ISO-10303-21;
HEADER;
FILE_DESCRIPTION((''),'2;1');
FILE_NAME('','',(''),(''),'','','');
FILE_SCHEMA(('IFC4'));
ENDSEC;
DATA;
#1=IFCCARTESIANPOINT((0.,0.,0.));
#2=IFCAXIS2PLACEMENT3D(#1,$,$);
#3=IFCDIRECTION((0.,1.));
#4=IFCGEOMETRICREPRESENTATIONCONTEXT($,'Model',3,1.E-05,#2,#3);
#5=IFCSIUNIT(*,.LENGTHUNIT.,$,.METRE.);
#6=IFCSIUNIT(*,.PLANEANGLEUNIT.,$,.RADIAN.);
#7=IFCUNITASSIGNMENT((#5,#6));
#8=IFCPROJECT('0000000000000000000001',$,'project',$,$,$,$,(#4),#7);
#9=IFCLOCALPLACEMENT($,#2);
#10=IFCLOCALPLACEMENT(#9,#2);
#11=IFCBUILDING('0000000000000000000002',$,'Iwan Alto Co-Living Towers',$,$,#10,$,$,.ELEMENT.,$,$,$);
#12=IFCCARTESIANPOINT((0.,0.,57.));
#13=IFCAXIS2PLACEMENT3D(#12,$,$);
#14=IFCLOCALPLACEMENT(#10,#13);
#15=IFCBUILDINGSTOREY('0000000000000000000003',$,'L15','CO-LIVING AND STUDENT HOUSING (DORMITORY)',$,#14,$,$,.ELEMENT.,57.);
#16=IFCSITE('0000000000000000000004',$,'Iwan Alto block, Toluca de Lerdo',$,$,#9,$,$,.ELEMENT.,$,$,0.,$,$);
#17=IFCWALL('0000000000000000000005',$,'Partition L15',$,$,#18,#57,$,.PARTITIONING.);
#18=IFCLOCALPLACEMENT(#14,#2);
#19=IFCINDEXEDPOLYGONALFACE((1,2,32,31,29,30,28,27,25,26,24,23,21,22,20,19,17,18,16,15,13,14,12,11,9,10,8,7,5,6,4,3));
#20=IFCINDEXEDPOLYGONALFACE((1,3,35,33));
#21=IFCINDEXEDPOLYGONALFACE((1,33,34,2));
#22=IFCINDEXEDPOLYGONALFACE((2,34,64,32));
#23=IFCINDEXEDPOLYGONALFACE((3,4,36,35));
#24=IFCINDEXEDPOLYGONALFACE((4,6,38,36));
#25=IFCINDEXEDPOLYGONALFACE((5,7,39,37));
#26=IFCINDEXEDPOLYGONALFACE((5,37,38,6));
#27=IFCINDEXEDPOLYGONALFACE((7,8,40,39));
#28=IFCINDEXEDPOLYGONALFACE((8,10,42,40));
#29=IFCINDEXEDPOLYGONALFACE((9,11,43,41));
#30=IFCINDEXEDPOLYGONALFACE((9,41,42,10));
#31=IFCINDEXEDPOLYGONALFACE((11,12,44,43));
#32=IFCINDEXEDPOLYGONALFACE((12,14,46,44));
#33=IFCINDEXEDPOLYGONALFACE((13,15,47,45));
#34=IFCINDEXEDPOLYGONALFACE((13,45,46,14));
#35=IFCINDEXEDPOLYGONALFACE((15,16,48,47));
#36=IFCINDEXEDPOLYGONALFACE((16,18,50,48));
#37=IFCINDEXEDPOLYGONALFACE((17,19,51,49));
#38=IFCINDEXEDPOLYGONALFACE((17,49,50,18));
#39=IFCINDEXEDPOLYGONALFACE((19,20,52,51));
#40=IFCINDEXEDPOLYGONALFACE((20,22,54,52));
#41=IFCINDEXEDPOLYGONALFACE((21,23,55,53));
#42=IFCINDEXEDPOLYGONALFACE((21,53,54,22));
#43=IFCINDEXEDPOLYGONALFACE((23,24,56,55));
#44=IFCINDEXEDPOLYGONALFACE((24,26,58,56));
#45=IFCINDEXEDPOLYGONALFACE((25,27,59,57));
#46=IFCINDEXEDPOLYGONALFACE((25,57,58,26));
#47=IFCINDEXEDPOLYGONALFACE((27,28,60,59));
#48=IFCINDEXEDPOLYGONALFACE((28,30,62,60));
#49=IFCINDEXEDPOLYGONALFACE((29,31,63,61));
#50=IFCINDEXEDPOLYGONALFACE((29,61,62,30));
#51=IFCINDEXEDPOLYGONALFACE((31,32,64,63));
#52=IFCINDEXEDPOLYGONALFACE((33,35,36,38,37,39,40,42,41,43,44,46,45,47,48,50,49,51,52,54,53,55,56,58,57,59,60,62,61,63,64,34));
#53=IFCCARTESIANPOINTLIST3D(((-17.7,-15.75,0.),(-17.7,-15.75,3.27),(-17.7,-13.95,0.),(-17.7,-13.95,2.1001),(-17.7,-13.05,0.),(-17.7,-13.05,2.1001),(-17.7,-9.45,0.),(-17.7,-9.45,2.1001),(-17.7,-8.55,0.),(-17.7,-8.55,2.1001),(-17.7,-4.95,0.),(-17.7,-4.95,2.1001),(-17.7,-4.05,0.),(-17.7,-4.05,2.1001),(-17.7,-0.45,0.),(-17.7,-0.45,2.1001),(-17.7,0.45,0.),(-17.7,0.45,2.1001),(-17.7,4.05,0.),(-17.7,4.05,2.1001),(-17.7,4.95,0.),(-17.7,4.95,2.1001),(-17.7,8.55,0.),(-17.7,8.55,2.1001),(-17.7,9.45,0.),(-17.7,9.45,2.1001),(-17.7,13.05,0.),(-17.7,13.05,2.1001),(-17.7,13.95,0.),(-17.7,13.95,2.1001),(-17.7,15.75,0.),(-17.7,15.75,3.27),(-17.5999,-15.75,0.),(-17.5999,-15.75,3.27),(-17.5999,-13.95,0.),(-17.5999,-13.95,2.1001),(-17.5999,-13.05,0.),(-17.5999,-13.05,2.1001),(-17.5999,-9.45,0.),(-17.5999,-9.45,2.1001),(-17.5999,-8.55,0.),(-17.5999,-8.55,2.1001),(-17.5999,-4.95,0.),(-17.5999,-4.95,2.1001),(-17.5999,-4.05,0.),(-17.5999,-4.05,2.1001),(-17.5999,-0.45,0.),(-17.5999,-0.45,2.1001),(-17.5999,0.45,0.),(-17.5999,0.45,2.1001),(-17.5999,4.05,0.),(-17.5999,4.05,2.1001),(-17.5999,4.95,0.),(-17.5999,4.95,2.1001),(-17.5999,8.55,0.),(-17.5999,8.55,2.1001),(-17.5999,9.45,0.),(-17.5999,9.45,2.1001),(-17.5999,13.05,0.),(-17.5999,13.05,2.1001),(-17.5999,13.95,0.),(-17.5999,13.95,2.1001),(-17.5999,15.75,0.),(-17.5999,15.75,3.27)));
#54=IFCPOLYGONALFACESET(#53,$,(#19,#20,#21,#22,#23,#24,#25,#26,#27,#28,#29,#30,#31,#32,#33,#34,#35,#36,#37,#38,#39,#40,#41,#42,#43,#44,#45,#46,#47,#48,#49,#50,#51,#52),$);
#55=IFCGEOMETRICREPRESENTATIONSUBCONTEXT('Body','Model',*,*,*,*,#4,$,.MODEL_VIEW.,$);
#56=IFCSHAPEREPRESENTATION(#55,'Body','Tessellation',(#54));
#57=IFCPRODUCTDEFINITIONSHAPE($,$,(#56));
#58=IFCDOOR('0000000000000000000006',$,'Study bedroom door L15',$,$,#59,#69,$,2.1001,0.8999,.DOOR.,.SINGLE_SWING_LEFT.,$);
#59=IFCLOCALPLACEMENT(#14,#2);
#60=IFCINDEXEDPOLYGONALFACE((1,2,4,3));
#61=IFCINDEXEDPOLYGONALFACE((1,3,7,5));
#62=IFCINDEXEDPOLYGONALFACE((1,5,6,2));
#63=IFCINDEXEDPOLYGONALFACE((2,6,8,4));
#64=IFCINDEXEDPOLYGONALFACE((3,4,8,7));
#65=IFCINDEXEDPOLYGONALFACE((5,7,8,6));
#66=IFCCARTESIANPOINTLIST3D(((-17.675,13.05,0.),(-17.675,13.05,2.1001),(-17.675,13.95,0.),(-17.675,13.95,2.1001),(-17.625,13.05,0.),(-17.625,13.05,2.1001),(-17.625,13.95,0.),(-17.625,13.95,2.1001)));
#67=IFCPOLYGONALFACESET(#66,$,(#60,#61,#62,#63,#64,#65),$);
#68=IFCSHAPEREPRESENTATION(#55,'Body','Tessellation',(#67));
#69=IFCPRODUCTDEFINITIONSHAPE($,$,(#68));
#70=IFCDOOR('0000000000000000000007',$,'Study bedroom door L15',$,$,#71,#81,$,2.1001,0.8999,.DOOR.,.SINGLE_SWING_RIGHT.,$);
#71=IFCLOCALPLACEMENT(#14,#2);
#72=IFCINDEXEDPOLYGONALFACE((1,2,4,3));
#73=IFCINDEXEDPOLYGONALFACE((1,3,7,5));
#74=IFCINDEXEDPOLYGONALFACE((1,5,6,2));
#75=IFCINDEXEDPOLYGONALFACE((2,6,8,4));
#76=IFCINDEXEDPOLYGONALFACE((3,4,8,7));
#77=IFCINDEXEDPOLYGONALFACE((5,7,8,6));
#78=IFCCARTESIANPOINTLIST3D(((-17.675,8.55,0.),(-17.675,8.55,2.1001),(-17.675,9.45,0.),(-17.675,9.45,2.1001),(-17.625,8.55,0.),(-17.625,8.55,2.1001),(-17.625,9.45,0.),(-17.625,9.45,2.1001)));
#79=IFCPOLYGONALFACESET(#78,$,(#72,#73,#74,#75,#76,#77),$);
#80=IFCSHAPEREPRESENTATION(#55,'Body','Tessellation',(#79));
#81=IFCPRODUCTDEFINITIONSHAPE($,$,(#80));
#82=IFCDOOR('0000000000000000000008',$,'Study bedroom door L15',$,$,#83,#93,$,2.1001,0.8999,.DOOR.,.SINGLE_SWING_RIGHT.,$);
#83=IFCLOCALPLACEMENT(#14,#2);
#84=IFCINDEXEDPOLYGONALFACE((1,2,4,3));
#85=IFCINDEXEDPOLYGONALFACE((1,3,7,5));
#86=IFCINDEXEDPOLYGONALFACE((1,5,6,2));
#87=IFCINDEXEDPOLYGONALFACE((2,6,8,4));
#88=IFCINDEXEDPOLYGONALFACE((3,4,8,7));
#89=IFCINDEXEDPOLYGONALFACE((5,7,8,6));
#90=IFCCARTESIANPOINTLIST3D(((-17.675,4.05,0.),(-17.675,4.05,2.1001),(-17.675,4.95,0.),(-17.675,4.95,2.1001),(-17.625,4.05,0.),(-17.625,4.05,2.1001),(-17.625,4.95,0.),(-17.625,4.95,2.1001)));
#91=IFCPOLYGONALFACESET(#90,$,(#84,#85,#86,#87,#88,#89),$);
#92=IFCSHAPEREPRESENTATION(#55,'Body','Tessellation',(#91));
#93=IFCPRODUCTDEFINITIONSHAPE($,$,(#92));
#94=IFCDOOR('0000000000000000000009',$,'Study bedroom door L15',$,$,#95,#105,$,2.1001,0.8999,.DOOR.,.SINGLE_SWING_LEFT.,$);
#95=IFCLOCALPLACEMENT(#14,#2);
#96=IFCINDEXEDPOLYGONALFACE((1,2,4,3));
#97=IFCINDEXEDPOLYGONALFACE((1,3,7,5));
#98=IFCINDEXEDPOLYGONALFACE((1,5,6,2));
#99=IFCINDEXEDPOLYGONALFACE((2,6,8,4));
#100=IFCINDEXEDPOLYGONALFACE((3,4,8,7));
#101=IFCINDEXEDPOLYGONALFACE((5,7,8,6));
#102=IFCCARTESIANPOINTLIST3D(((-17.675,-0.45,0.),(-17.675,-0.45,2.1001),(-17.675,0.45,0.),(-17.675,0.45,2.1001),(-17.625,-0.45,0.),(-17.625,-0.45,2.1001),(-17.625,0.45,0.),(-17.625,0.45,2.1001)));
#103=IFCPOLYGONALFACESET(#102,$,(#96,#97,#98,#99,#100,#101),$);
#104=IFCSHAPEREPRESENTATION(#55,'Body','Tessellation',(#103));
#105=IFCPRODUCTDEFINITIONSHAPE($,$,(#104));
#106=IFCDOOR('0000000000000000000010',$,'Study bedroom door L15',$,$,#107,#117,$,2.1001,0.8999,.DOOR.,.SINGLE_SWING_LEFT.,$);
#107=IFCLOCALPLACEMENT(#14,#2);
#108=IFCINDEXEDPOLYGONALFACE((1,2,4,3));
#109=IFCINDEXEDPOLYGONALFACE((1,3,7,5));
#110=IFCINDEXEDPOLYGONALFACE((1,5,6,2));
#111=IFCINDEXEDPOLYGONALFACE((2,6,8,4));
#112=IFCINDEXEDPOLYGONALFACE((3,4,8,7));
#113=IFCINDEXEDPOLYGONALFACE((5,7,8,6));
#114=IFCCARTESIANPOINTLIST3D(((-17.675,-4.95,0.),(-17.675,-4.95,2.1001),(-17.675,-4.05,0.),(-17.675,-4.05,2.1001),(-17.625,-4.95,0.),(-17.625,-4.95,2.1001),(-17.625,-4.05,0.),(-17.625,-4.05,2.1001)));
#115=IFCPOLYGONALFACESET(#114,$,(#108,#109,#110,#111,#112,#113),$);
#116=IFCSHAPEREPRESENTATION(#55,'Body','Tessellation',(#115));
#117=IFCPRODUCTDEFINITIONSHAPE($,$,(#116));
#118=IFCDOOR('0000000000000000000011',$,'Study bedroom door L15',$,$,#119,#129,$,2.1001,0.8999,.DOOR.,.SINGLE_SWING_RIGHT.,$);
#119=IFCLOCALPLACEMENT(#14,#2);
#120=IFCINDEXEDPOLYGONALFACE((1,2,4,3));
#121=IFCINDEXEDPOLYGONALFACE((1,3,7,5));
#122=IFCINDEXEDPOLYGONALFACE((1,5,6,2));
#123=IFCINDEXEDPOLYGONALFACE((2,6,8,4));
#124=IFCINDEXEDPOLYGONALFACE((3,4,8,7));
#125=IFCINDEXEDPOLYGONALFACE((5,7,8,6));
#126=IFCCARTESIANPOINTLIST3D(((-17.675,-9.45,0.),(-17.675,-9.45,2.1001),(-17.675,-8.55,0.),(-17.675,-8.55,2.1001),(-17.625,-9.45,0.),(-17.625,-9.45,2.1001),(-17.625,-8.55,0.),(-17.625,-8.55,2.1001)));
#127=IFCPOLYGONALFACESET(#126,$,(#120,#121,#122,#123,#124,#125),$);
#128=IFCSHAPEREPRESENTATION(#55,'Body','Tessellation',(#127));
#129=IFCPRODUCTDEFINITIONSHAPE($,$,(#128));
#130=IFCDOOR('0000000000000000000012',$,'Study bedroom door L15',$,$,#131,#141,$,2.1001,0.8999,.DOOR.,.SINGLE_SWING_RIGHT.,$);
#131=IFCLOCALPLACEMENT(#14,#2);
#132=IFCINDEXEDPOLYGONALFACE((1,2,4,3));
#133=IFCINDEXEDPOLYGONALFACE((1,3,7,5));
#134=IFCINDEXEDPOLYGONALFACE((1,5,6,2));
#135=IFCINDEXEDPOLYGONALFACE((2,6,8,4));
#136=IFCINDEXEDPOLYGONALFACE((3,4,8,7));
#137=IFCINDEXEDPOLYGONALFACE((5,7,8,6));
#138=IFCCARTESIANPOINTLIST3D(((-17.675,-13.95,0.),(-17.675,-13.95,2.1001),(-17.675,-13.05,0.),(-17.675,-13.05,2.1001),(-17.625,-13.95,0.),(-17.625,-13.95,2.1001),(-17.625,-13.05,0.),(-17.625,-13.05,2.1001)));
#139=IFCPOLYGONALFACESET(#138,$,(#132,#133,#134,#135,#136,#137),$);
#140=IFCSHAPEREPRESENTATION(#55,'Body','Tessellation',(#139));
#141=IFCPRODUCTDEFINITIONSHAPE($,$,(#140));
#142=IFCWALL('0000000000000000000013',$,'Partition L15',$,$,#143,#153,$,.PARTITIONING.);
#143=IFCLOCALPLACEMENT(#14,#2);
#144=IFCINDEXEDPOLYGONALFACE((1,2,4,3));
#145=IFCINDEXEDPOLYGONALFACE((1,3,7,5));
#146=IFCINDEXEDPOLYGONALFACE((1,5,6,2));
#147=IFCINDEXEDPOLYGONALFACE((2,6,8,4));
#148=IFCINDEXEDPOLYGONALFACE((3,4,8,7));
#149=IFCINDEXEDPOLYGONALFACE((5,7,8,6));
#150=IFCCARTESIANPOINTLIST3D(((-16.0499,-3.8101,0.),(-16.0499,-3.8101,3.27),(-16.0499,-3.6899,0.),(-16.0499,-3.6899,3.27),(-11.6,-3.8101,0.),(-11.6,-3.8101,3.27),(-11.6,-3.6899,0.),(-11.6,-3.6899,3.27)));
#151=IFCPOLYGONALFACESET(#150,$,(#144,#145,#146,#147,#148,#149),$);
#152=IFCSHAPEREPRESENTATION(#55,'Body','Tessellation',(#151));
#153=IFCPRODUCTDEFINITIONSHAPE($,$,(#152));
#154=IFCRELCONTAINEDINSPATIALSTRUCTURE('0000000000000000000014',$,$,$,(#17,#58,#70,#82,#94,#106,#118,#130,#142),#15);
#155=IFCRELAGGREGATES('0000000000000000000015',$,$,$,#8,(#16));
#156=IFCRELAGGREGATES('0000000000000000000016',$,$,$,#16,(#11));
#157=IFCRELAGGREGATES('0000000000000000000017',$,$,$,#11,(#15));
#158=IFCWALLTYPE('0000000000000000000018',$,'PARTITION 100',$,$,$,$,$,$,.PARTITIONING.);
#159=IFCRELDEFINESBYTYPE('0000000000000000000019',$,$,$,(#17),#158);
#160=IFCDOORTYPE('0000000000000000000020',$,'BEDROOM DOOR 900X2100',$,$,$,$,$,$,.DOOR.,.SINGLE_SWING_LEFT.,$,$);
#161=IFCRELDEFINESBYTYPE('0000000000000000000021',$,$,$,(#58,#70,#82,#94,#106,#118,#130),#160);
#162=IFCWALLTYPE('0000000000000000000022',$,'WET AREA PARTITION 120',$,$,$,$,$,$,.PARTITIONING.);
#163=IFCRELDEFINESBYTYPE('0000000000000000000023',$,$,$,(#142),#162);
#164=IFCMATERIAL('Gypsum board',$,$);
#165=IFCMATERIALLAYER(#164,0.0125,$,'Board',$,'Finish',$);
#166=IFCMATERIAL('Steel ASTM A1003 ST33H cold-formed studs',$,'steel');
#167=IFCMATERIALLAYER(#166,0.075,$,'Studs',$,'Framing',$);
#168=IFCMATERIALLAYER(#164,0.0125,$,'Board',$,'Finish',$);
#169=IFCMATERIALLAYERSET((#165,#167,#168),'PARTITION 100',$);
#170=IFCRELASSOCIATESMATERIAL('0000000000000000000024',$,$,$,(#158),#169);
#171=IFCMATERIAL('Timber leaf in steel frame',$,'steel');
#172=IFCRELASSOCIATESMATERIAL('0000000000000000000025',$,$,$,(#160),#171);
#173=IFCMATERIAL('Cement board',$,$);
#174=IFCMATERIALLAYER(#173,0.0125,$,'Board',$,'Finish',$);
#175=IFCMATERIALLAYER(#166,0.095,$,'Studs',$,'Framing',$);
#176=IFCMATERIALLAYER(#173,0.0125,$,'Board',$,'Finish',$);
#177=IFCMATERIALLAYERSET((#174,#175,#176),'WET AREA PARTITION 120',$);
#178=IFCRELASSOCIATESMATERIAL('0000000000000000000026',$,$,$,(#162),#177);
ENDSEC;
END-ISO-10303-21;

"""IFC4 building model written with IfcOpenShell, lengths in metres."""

from ifc_helpers import new_model, si_unit, direction, frame, frame_2d, origin, place, context, subcontext, project, spatial, rectangle, extrude, material, layer, layer_set, type_object, element, fill, save


model = new_model("IFC4")

# Units and contexts
model_context = context("Model", 3, precision=1e-05, world=origin(), true_north=direction((0.0, 1.0)))
body_context = subcontext(model_context, "Body", "Model", "MODEL_VIEW")
ifc_project = project(units=[si_unit("LENGTHUNIT", "METRE"), si_unit("PLANEANGLEUNIT", "RADIAN")], contexts=[model_context])

# Site, building, storey
site_placement = place(None, origin())
site = spatial("IfcSite", under=ifc_project, at=site_placement, Name="Iwan Alto block, Toluca de Lerdo", CompositionType="ELEMENT", RefElevation=0.0)
building_placement = place(site_placement, origin())
building = spatial("IfcBuilding", under=site, at=building_placement, Name="Iwan Alto Co-Living Towers", CompositionType="ELEMENT")
storey_placement = place(building_placement, frame((0.0, 0.0, 57.0)))
storey = spatial("IfcBuildingStorey", under=building, at=storey_placement, Name="L15", Description="CO-LIVING AND STUDENT HOUSING (DORMITORY)", CompositionType="ELEMENT", Elevation=57.0)

# Shared definitions
ifc_material_1 = material(Name="Gypsum board")
ifc_layer_1 = layer(ifc_material_1, 0.0125, Name="Board", Category="Finish")
ifc_material_2 = material(Name="Steel ASTM A1003 ST33H cold-formed studs", Category="steel")
ifc_layer_2 = layer(ifc_material_2, 0.075, Name="Studs", Category="Framing")
ifc_layer_3 = layer(ifc_material_1, 0.0125, Name="Board", Category="Finish")
ifc_layer_set_1 = layer_set([ifc_layer_1, ifc_layer_2, ifc_layer_3], Name="PARTITION 100")
wall_type_1 = type_object("IfcWallType", Name="PARTITION 100", PredefinedType="PARTITIONING", material=ifc_layer_set_1)

# Wall, openings, doors
wall_1_placement = place(storey_placement, frame((-17.6499, -15.75, 0.0), z_axis=(0.0, 0.0, 1.0), x_axis=(0.0, 1.0, 0.0)))
wall_1 = element("IfcWall", 1, at=wall_1_placement, inside=storey, type_object=wall_type_1, Name="Partition L15", PredefinedType="PARTITIONING", context=body_context, shape_type="SweptSolid", body=[
    extrude(rectangle(XDim=31.5, YDim=0.1001, at=frame_2d((15.75, 0.0))), origin(), (0.0, 0.0, 1.0), 3.27),
])
opening_1_placement = place(wall_1_placement, frame((28.8, 0.0, 0.0)))
opening_1 = element("IfcOpeningElement", 2, at=opening_1_placement, cuts=wall_1, PredefinedType="OPENING", context=body_context, shape_type="SweptSolid", body=[
    extrude(rectangle(XDim=0.8999, YDim=2.1001, at=frame_2d((0.45, 1.05))), frame((0.0, 0.0601, 0.0), z_axis=(0.0, -1.0, 0.0), x_axis=(1.0, 0.0, 0.0)), (0.0, 0.0, 1.0), 0.1201),
])
opening_2_placement = place(wall_1_placement, frame((24.3, 0.0, 0.0)))
opening_2 = element("IfcOpeningElement", 3, at=opening_2_placement, cuts=wall_1, PredefinedType="OPENING", context=body_context, shape_type="SweptSolid", body=[
    extrude(rectangle(XDim=0.8999, YDim=2.1001, at=frame_2d((0.45, 1.05))), frame((0.0, 0.0601, 0.0), z_axis=(0.0, -1.0, 0.0), x_axis=(1.0, 0.0, 0.0)), (0.0, 0.0, 1.0), 0.1201),
])
opening_3_placement = place(wall_1_placement, frame((19.8, 0.0, 0.0)))
opening_3 = element("IfcOpeningElement", 4, at=opening_3_placement, cuts=wall_1, PredefinedType="OPENING", context=body_context, shape_type="SweptSolid", body=[
    extrude(rectangle(XDim=0.8999, YDim=2.1001, at=frame_2d((0.45, 1.05))), frame((0.0, 0.0601, 0.0), z_axis=(0.0, -1.0, 0.0), x_axis=(1.0, 0.0, 0.0)), (0.0, 0.0, 1.0), 0.1201),
])
opening_4_placement = place(wall_1_placement, frame((15.3, 0.0, 0.0)))
opening_4 = element("IfcOpeningElement", 5, at=opening_4_placement, cuts=wall_1, PredefinedType="OPENING", context=body_context, shape_type="SweptSolid", body=[
    extrude(rectangle(XDim=0.8999, YDim=2.1001, at=frame_2d((0.45, 1.05))), frame((0.0, 0.0601, 0.0), z_axis=(0.0, -1.0, 0.0), x_axis=(1.0, 0.0, 0.0)), (0.0, 0.0, 1.0), 0.1201),
])
opening_5_placement = place(wall_1_placement, frame((10.8, 0.0, 0.0)))
opening_5 = element("IfcOpeningElement", 6, at=opening_5_placement, cuts=wall_1, PredefinedType="OPENING", context=body_context, shape_type="SweptSolid", body=[
    extrude(rectangle(XDim=0.8999, YDim=2.1001, at=frame_2d((0.45, 1.05))), frame((0.0, 0.0601, 0.0), z_axis=(0.0, -1.0, 0.0), x_axis=(1.0, 0.0, 0.0)), (0.0, 0.0, 1.0), 0.1201),
])
opening_6_placement = place(wall_1_placement, frame((6.3, 0.0, 0.0)))
opening_6 = element("IfcOpeningElement", 7, at=opening_6_placement, cuts=wall_1, PredefinedType="OPENING", context=body_context, shape_type="SweptSolid", body=[
    extrude(rectangle(XDim=0.8999, YDim=2.1001, at=frame_2d((0.45, 1.05))), frame((0.0, 0.0601, 0.0), z_axis=(0.0, -1.0, 0.0), x_axis=(1.0, 0.0, 0.0)), (0.0, 0.0, 1.0), 0.1201),
])
opening_7_placement = place(wall_1_placement, frame((1.8, 0.0, 0.0)))
opening_7 = element("IfcOpeningElement", 8, at=opening_7_placement, cuts=wall_1, PredefinedType="OPENING", context=body_context, shape_type="SweptSolid", body=[
    extrude(rectangle(XDim=0.8999, YDim=2.1001, at=frame_2d((0.45, 1.05))), frame((0.0, 0.0601, 0.0), z_axis=(0.0, -1.0, 0.0), x_axis=(1.0, 0.0, 0.0)), (0.0, 0.0, 1.0), 0.1201),
])
ifc_material_3 = material(Name="Timber leaf in steel frame", Category="steel")
door_type_1 = type_object("IfcDoorType", Name="BEDROOM DOOR 900X2100", OperationType="SINGLE_SWING_LEFT", PredefinedType="DOOR", material=ifc_material_3)
door_1_placement = place(opening_1_placement, frame((0.8999, 0.0, 0.0), z_axis=(0.0, 0.0, 1.0), x_axis=(-1.0, 0.0, 0.0)))
door_1 = element("IfcDoor", 9, at=door_1_placement, inside=storey, type_object=door_type_1, Name="Study bedroom door L15", OperationType="SINGLE_SWING_LEFT", OverallHeight=2.1001, OverallWidth=0.8999, PredefinedType="DOOR", context=body_context, shape_type="SweptSolid", body=[
    extrude(rectangle(XDim=0.8999, YDim=2.1001, at=frame_2d((0.45, 1.05))), frame((0.0, 0.0249, 0.0), z_axis=(0.0, -1.0, 0.0), x_axis=(1.0, 0.0, 0.0)), (0.0, 0.0, 1.0), 0.05),
])
fill(opening_1, door_1)
door_2_placement = place(opening_2_placement, frame((0.8999, 0.0, 0.0), z_axis=(0.0, 0.0, 1.0), x_axis=(-1.0, 0.0, 0.0)))
door_2 = element("IfcDoor", 10, at=door_2_placement, inside=storey, type_object=door_type_1, Name="Study bedroom door L15", OperationType="SINGLE_SWING_RIGHT", OverallHeight=2.1001, OverallWidth=0.8999, PredefinedType="DOOR", context=body_context, shape_type="SweptSolid", body=[
    extrude(rectangle(XDim=0.8999, YDim=2.1001, at=frame_2d((0.45, 1.05))), frame((0.0, 0.0249, 0.0), z_axis=(0.0, -1.0, 0.0), x_axis=(1.0, 0.0, 0.0)), (0.0, 0.0, 1.0), 0.05),
])
fill(opening_2, door_2)
door_3_placement = place(opening_3_placement, frame((0.8999, 0.0, 0.0), z_axis=(0.0, 0.0, 1.0), x_axis=(-1.0, 0.0, 0.0)))
door_3 = element("IfcDoor", 11, at=door_3_placement, inside=storey, type_object=door_type_1, Name="Study bedroom door L15", OperationType="SINGLE_SWING_RIGHT", OverallHeight=2.1001, OverallWidth=0.8999, PredefinedType="DOOR", context=body_context, shape_type="SweptSolid", body=[
    extrude(rectangle(XDim=0.8999, YDim=2.1001, at=frame_2d((0.45, 1.05))), frame((0.0, 0.0249, 0.0), z_axis=(0.0, -1.0, 0.0), x_axis=(1.0, 0.0, 0.0)), (0.0, 0.0, 1.0), 0.05),
])
fill(opening_3, door_3)
door_4_placement = place(opening_4_placement, frame((0.8999, 0.0, 0.0), z_axis=(0.0, 0.0, 1.0), x_axis=(-1.0, 0.0, 0.0)))
door_4 = element("IfcDoor", 12, at=door_4_placement, inside=storey, type_object=door_type_1, Name="Study bedroom door L15", OperationType="SINGLE_SWING_LEFT", OverallHeight=2.1001, OverallWidth=0.8999, PredefinedType="DOOR", context=body_context, shape_type="SweptSolid", body=[
    extrude(rectangle(XDim=0.8999, YDim=2.1001, at=frame_2d((0.45, 1.05))), frame((0.0, 0.0249, 0.0), z_axis=(0.0, -1.0, 0.0), x_axis=(1.0, 0.0, 0.0)), (0.0, 0.0, 1.0), 0.05),
])
fill(opening_4, door_4)
door_5_placement = place(opening_5_placement, frame((0.8999, 0.0, 0.0), z_axis=(0.0, 0.0, 1.0), x_axis=(-1.0, 0.0, 0.0)))
door_5 = element("IfcDoor", 13, at=door_5_placement, inside=storey, type_object=door_type_1, Name="Study bedroom door L15", OperationType="SINGLE_SWING_LEFT", OverallHeight=2.1001, OverallWidth=0.8999, PredefinedType="DOOR", context=body_context, shape_type="SweptSolid", body=[
    extrude(rectangle(XDim=0.8999, YDim=2.1001, at=frame_2d((0.45, 1.05))), frame((0.0, 0.0249, 0.0), z_axis=(0.0, -1.0, 0.0), x_axis=(1.0, 0.0, 0.0)), (0.0, 0.0, 1.0), 0.05),
])
fill(opening_5, door_5)
door_6_placement = place(opening_6_placement, frame((0.8999, 0.0, 0.0), z_axis=(0.0, 0.0, 1.0), x_axis=(-1.0, 0.0, 0.0)))
door_6 = element("IfcDoor", 14, at=door_6_placement, inside=storey, type_object=door_type_1, Name="Study bedroom door L15", OperationType="SINGLE_SWING_RIGHT", OverallHeight=2.1001, OverallWidth=0.8999, PredefinedType="DOOR", context=body_context, shape_type="SweptSolid", body=[
    extrude(rectangle(XDim=0.8999, YDim=2.1001, at=frame_2d((0.45, 1.05))), frame((0.0, 0.0249, 0.0), z_axis=(0.0, -1.0, 0.0), x_axis=(1.0, 0.0, 0.0)), (0.0, 0.0, 1.0), 0.05),
])
fill(opening_6, door_6)
door_7_placement = place(opening_7_placement, frame((0.8999, 0.0, 0.0), z_axis=(0.0, 0.0, 1.0), x_axis=(-1.0, 0.0, 0.0)))
door_7 = element("IfcDoor", 15, at=door_7_placement, inside=storey, type_object=door_type_1, Name="Study bedroom door L15", OperationType="SINGLE_SWING_RIGHT", OverallHeight=2.1001, OverallWidth=0.8999, PredefinedType="DOOR", context=body_context, shape_type="SweptSolid", body=[
    extrude(rectangle(XDim=0.8999, YDim=2.1001, at=frame_2d((0.45, 1.05))), frame((0.0, 0.0249, 0.0), z_axis=(0.0, -1.0, 0.0), x_axis=(1.0, 0.0, 0.0)), (0.0, 0.0, 1.0), 0.05),
])
fill(opening_7, door_7)

# Wall
ifc_material_4 = material(Name="Cement board")
ifc_layer_4 = layer(ifc_material_4, 0.0125, Name="Board", Category="Finish")
ifc_layer_5 = layer(ifc_material_2, 0.095, Name="Studs", Category="Framing")
ifc_layer_6 = layer(ifc_material_4, 0.0125, Name="Board", Category="Finish")
ifc_layer_set_2 = layer_set([ifc_layer_4, ifc_layer_5, ifc_layer_6], Name="WET AREA PARTITION 120")
wall_type_2 = type_object("IfcWallType", Name="WET AREA PARTITION 120", PredefinedType="PARTITIONING", material=ifc_layer_set_2)
wall_2_placement = place(storey_placement, frame((-16.05, -3.75, 0.0), z_axis=(0.0, 0.0, 1.0), x_axis=(1.0, 0.0, 0.0)))
element("IfcWall", 16, at=wall_2_placement, inside=storey, type_object=wall_type_2, Name="Partition L15", PredefinedType="PARTITIONING", context=body_context, shape_type="SweptSolid", body=[
    extrude(rectangle(XDim=4.45, YDim=0.1201, at=frame_2d((2.2251, 0.0))), origin(), (0.0, 0.0, 1.0), 3.27),
])

save(model, "model.ifc")
